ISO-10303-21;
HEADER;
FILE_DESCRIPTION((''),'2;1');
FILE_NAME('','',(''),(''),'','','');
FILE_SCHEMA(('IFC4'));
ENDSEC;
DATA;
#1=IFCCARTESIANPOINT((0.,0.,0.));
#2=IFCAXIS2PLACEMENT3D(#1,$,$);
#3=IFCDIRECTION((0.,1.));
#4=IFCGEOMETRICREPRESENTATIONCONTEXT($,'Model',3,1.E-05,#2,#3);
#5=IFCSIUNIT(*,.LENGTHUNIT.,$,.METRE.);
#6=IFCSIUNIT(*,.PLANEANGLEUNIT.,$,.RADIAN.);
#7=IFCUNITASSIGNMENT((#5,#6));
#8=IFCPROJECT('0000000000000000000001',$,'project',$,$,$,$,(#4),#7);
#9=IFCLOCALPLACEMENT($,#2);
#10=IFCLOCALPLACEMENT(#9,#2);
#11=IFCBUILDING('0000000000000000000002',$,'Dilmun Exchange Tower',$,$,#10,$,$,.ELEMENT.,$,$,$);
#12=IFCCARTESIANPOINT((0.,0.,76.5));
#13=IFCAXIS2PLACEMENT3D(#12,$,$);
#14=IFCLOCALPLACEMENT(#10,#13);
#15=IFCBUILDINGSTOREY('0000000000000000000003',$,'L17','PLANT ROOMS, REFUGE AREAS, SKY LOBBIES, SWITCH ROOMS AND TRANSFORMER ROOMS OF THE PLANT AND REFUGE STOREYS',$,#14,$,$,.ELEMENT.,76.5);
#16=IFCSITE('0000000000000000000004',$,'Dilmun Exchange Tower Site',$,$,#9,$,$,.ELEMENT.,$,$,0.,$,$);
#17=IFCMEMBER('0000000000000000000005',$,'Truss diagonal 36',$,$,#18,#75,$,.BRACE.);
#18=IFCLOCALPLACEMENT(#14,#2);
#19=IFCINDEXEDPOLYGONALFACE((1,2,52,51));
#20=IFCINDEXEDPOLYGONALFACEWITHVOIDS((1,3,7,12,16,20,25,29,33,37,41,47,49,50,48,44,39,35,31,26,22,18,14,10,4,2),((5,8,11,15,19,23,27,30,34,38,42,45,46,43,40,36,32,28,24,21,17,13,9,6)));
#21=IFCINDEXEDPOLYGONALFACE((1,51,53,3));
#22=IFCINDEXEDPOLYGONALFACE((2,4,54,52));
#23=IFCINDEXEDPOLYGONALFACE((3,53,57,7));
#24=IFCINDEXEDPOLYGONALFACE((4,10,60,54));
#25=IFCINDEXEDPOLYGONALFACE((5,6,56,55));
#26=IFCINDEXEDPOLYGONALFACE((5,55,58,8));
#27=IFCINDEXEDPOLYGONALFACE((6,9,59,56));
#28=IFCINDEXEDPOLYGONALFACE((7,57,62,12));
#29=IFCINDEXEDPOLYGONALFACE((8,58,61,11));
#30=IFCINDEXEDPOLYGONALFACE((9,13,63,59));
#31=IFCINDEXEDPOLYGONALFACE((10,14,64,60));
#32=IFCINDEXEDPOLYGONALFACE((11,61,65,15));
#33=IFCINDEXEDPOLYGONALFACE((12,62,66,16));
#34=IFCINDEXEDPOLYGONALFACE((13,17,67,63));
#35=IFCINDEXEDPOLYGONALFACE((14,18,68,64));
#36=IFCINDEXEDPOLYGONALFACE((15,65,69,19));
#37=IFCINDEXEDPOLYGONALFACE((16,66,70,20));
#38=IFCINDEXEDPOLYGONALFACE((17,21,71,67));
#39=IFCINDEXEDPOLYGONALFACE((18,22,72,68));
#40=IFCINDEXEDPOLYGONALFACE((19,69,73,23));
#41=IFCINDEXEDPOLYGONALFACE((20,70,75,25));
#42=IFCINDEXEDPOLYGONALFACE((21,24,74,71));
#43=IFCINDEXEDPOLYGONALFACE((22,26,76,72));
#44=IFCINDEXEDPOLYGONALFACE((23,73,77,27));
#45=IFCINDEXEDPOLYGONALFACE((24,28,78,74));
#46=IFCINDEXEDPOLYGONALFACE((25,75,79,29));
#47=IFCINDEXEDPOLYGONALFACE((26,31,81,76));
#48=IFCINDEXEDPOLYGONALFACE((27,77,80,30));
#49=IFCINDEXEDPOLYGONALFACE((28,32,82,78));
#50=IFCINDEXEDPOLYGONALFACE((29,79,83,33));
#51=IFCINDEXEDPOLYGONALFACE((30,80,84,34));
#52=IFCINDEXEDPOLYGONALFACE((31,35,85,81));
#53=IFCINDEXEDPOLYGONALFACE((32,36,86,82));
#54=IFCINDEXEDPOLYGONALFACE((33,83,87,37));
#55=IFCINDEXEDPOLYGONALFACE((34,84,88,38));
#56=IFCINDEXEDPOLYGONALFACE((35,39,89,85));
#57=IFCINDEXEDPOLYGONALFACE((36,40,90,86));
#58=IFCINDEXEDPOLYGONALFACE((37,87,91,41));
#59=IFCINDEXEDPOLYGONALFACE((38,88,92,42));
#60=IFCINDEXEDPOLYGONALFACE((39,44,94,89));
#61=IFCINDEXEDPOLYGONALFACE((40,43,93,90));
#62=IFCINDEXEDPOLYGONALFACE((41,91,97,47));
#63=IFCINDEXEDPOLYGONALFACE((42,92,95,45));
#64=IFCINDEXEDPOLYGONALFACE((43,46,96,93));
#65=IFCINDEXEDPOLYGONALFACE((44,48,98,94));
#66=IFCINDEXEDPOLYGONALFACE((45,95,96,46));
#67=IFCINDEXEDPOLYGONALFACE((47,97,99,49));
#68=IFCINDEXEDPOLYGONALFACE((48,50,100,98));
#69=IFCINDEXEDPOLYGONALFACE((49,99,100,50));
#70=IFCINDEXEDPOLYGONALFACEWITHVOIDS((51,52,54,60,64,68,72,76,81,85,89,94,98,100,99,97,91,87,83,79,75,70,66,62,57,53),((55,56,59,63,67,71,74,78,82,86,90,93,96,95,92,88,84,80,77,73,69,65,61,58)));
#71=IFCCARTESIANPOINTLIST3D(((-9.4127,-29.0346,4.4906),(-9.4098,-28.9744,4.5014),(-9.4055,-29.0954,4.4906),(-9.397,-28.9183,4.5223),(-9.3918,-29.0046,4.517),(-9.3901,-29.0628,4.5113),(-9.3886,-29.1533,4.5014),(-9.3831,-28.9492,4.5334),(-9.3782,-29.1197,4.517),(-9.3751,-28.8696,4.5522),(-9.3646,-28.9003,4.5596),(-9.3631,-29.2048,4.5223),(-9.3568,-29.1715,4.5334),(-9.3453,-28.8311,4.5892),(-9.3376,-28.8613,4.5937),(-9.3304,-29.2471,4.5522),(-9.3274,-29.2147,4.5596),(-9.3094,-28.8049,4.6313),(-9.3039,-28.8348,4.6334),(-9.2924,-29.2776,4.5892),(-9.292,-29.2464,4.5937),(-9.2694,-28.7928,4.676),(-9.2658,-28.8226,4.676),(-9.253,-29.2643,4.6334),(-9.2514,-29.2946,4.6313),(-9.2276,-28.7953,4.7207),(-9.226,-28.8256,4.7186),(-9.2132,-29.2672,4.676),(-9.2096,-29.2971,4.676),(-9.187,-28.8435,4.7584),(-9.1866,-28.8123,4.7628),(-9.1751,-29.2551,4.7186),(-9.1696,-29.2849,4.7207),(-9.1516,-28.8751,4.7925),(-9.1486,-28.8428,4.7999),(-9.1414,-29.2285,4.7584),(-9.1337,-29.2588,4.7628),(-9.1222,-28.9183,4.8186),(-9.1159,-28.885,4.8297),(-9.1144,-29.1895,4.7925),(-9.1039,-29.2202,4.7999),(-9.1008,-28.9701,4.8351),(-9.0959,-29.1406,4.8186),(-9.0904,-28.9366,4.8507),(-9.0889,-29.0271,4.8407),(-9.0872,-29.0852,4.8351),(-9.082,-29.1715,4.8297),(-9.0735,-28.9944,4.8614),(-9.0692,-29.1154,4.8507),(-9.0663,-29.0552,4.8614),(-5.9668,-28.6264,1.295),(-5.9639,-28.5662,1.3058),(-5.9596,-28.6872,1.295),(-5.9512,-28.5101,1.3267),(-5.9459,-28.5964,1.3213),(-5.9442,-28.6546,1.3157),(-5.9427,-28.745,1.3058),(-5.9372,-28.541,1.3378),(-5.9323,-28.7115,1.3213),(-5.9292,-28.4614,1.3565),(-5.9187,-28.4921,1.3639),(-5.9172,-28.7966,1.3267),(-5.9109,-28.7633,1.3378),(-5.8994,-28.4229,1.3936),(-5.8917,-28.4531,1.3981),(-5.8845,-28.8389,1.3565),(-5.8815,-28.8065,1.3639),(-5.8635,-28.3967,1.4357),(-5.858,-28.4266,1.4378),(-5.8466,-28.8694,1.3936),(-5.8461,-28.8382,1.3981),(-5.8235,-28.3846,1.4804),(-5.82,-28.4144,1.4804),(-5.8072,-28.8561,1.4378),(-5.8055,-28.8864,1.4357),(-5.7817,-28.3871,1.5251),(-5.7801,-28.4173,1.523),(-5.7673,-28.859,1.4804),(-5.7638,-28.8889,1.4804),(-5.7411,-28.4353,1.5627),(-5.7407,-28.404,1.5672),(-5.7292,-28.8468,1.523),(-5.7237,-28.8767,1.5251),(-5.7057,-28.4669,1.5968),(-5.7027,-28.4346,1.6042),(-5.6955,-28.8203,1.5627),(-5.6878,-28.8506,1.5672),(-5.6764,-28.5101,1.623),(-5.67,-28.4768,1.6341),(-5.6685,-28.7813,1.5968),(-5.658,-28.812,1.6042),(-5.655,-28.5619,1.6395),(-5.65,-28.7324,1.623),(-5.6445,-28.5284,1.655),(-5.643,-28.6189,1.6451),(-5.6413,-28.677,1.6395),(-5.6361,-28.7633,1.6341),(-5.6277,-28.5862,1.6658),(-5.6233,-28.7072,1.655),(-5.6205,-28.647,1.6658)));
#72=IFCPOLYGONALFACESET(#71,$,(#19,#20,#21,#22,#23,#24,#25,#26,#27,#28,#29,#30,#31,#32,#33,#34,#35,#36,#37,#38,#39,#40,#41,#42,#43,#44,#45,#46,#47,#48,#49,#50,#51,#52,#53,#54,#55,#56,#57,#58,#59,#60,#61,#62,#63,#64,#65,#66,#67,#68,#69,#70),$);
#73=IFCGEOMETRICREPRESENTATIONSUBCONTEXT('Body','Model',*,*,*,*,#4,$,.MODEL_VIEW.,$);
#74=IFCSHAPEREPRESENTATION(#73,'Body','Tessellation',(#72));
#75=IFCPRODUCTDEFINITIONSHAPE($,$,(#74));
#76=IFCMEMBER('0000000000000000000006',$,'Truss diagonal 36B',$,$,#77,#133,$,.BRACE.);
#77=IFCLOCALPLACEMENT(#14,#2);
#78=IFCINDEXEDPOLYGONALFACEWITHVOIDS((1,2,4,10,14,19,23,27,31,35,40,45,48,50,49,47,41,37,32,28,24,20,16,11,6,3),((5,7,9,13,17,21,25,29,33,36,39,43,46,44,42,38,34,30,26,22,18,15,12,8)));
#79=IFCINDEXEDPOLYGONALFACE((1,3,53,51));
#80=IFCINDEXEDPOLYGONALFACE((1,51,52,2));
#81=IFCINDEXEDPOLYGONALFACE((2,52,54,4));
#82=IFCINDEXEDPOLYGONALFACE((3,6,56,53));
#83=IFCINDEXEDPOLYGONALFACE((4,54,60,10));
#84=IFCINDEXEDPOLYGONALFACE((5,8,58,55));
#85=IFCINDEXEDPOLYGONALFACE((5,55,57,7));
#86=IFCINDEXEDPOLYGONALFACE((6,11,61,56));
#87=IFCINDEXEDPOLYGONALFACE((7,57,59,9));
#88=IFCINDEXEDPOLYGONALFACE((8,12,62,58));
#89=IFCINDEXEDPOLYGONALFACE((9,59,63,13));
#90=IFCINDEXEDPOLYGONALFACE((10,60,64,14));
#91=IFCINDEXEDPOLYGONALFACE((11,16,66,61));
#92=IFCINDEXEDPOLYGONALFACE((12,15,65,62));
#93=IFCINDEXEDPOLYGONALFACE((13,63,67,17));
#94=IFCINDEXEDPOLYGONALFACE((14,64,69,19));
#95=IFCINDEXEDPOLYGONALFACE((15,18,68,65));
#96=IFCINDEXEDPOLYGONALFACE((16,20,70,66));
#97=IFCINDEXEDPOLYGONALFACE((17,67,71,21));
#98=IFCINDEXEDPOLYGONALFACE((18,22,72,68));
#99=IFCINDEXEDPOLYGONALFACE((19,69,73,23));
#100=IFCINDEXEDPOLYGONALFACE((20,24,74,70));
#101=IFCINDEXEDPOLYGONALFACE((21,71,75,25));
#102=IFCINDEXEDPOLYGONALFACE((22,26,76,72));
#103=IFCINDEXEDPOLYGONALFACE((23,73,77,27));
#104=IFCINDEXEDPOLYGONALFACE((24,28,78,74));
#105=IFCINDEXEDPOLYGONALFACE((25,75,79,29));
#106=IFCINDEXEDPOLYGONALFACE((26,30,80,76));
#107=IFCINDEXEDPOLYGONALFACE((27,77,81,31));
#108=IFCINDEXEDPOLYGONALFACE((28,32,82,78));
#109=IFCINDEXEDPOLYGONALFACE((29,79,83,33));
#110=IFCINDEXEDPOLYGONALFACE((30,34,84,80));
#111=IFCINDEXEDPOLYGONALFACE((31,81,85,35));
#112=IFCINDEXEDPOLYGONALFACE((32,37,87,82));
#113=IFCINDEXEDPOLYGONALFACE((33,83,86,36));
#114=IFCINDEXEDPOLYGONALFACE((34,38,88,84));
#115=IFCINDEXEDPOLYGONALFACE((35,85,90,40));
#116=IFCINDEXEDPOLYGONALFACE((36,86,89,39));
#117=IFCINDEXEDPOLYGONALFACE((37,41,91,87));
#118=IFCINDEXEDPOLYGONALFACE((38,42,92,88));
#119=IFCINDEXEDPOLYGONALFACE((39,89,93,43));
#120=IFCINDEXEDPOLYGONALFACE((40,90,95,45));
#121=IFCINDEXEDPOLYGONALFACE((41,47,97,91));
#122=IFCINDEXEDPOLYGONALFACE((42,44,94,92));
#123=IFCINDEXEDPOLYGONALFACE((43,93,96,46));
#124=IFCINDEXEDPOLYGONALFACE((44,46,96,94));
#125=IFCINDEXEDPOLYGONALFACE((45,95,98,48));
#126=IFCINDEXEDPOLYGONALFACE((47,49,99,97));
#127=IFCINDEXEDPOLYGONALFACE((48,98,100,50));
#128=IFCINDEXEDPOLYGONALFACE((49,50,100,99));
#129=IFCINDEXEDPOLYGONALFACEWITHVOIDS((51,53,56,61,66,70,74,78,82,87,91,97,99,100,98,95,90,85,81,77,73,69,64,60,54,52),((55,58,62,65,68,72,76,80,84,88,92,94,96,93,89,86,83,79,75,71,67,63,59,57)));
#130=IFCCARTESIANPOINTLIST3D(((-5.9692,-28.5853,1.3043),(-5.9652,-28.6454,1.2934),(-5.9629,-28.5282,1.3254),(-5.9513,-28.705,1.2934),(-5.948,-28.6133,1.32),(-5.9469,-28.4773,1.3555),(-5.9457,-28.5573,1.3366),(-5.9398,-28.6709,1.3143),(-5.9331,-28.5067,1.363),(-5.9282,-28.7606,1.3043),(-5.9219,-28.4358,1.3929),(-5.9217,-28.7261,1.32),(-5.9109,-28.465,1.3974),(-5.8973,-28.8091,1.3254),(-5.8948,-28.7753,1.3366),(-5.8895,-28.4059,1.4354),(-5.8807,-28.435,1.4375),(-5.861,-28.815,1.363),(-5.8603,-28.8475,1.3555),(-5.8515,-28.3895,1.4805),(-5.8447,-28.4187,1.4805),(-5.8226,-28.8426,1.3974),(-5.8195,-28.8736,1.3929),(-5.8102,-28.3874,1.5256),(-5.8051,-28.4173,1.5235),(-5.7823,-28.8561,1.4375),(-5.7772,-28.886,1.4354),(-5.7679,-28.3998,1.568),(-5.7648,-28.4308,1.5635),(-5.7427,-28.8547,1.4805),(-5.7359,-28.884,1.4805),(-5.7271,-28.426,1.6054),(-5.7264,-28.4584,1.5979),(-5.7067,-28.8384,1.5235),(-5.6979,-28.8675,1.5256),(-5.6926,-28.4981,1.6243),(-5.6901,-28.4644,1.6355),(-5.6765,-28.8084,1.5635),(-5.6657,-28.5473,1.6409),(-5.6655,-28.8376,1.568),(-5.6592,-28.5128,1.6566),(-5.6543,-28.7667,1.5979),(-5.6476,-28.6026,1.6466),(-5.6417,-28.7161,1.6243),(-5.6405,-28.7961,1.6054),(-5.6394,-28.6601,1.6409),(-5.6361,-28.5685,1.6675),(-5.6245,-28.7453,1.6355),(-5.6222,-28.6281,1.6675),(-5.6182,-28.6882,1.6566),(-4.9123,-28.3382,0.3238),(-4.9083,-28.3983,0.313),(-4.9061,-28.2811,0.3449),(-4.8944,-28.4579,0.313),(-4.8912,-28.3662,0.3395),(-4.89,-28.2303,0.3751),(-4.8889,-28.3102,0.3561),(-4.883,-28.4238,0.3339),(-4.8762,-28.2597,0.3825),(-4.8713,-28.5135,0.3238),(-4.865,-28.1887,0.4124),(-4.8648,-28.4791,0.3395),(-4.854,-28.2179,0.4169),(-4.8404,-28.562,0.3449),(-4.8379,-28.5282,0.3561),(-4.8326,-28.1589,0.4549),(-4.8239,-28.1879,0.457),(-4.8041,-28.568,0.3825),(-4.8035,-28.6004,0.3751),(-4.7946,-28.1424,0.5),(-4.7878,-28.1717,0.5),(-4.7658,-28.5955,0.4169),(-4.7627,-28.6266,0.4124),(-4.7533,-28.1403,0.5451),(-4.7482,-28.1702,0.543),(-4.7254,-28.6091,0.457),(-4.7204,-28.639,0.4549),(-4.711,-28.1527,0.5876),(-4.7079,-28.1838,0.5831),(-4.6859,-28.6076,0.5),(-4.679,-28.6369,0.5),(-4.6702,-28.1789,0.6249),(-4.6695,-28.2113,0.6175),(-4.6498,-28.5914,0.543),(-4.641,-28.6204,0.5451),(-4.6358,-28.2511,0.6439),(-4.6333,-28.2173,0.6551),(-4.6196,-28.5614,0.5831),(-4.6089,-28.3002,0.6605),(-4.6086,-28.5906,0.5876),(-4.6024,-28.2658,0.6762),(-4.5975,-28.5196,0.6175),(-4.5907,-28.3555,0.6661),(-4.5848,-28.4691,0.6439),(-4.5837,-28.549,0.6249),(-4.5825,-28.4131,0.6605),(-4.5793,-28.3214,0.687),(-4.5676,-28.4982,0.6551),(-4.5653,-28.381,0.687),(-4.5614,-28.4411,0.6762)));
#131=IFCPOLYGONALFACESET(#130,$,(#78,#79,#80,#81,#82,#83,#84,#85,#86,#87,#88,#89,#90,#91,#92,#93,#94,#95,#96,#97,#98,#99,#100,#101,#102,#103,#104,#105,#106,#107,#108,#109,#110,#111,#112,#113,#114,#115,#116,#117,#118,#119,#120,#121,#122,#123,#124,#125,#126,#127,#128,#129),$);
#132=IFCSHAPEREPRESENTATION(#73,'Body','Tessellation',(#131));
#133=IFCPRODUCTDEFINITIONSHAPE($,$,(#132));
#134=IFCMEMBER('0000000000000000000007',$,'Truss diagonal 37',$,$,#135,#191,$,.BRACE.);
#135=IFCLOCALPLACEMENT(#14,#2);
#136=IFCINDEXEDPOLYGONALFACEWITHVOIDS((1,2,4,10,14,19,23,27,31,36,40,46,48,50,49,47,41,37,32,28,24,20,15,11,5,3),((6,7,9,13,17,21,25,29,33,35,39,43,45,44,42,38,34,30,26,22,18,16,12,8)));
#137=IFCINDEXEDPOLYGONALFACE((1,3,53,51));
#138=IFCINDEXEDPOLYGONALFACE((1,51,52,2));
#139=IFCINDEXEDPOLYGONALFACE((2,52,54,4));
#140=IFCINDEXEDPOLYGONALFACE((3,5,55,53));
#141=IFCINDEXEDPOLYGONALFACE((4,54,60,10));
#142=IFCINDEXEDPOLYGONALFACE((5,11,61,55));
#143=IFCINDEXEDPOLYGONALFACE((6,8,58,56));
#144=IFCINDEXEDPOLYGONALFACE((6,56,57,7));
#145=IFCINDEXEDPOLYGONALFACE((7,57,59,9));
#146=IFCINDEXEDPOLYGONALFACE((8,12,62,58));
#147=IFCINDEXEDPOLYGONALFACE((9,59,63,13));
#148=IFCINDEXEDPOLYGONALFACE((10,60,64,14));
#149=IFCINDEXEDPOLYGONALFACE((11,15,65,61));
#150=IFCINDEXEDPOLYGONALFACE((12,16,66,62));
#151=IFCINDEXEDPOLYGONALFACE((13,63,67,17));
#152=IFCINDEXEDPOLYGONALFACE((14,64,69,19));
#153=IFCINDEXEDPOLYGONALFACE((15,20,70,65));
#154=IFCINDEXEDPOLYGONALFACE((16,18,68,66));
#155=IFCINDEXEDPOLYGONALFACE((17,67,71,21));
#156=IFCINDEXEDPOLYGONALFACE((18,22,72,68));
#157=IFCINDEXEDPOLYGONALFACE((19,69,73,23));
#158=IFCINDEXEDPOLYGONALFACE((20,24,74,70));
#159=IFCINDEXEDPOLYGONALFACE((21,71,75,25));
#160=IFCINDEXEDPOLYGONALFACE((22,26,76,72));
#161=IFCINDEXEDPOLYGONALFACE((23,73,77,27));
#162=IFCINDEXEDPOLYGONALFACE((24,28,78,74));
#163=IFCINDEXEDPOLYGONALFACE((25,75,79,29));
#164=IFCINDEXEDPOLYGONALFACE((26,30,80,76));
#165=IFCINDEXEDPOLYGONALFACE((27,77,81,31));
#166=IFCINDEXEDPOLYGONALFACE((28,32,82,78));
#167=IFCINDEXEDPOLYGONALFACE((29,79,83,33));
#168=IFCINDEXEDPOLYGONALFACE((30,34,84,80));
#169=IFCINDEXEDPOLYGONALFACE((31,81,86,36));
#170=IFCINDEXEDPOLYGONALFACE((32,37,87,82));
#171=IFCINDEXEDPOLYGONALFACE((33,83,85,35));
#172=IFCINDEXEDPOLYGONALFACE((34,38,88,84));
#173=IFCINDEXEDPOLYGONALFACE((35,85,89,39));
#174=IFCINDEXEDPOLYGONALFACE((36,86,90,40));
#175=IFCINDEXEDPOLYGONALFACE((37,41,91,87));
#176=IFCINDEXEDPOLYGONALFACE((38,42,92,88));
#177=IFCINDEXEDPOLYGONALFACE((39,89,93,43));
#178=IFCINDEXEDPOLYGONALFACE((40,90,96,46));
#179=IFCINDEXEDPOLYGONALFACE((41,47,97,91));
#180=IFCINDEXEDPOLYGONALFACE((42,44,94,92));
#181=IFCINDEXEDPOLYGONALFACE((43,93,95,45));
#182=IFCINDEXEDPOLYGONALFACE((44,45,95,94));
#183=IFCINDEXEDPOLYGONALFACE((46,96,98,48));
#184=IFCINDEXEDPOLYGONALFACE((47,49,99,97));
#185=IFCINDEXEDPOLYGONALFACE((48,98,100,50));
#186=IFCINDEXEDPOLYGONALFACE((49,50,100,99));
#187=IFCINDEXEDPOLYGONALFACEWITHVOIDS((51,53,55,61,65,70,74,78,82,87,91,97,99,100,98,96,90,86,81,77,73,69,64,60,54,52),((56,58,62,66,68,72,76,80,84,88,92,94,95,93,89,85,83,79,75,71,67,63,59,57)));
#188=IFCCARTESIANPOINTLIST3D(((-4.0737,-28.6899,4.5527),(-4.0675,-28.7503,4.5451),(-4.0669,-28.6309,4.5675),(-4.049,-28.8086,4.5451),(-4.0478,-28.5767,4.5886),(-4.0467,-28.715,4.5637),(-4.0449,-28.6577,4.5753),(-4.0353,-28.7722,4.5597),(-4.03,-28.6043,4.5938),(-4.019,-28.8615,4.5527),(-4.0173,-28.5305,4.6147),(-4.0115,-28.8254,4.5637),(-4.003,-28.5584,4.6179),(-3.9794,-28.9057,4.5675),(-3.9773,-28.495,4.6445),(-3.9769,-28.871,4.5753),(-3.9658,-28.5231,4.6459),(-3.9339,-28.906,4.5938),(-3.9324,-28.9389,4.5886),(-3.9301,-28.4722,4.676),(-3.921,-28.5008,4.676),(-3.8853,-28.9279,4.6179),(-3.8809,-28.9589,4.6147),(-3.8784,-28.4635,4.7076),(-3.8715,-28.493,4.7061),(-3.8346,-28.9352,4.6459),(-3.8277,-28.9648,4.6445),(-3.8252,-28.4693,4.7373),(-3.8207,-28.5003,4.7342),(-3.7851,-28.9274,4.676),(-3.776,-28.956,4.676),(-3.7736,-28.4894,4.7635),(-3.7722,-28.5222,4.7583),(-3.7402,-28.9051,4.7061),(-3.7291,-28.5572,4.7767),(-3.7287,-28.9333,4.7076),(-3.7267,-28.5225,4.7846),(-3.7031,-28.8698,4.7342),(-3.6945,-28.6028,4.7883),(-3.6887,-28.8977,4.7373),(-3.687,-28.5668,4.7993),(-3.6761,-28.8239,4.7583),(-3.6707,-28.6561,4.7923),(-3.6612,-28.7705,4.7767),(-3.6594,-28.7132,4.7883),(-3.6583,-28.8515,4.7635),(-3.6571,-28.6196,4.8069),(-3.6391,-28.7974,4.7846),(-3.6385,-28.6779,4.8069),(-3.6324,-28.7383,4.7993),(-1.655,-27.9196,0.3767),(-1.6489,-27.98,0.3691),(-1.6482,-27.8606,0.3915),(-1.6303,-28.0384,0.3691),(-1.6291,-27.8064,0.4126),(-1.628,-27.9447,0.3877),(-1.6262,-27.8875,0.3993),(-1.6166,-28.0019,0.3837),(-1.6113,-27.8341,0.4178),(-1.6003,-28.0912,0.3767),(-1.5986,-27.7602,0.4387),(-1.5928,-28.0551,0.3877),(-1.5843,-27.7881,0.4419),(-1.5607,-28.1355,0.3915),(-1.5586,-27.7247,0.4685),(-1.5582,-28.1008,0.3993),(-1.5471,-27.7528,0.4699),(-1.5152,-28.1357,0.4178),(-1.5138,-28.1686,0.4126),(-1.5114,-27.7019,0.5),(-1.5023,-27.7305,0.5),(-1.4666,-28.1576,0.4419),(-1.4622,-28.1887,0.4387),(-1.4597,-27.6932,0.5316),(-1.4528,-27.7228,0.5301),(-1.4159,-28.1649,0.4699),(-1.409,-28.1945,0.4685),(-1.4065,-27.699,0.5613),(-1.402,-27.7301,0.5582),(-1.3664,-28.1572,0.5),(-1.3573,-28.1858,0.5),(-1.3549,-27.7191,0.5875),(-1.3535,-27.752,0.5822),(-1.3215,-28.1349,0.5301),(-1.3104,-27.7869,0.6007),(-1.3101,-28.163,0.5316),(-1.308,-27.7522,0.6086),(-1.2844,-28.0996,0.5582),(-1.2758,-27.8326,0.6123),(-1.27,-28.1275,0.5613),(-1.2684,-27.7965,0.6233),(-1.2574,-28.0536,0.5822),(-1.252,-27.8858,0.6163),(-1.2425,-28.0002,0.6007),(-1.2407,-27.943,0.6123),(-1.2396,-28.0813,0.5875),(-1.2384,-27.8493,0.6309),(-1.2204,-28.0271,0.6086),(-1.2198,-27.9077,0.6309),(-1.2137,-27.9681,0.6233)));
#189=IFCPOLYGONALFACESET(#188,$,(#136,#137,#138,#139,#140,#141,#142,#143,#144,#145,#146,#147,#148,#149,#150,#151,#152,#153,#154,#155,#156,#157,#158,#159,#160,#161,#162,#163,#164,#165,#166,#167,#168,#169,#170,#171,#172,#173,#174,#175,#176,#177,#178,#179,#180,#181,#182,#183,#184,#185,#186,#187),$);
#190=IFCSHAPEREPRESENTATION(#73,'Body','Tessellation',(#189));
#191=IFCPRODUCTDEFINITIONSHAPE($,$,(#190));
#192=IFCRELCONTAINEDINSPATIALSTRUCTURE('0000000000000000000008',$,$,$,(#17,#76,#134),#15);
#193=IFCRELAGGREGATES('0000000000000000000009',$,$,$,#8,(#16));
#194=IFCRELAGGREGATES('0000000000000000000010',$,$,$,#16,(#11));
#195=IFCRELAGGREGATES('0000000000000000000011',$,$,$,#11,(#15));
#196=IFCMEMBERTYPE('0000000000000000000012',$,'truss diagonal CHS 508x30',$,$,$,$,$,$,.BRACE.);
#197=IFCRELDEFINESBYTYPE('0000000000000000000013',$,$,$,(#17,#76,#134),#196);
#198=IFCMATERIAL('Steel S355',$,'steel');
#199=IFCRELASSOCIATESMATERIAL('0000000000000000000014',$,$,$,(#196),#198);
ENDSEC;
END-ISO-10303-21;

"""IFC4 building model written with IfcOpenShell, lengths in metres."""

from ifc_helpers import new_model, si_unit, direction, frame, origin, origin_2d, place, context, subcontext, project, spatial, hollow_circle, extrude, material, material_profile, profile_set, type_object, element, save


model = new_model("IFC4")

# Units and contexts
model_context = context("Model", 3, precision=1e-05, world=origin(), true_north=direction((0.0, 1.0)))
body_context = subcontext(model_context, "Body", "Model", "MODEL_VIEW")
ifc_project = project(units=[si_unit("LENGTHUNIT", "METRE"), si_unit("PLANEANGLEUNIT", "RADIAN")], contexts=[model_context])

# Site, building, storey
site_placement = place(None, origin())
site = spatial("IfcSite", under=ifc_project, at=site_placement, Name="Dilmun Exchange Tower Site", CompositionType="ELEMENT", RefElevation=0.0)
building_placement = place(site_placement, origin())
building = spatial("IfcBuilding", under=site, at=building_placement, Name="Dilmun Exchange Tower", CompositionType="ELEMENT")
storey_placement = place(building_placement, frame((0.0, 0.0, 76.5)))
storey = spatial("IfcBuildingStorey", under=building, at=storey_placement, Name="L17", Description="PLANT ROOMS, REFUGE AREAS, SKY LOBBIES, SWITCH ROOMS AND TRANSFORMER ROOMS OF THE PLANT AND REFUGE STOREYS", CompositionType="ELEMENT", Elevation=76.5)

# Shared definitions
ifc_material_1 = material(Name="Steel S355", Category="steel")

# Members
ifc_material_profile_1 = material_profile(ifc_material_1, hollow_circle(Radius=0.2539, WallThickness=0.03, at=origin_2d()), Name="CHS 508x30")
ifc_profile_set_1 = profile_set([ifc_material_profile_1], Name="Steel S355")
member_type_1 = type_object("IfcMemberType", Name="truss diagonal CHS 508x30", PredefinedType="BRACE", material=ifc_profile_set_1)
member_1_placement = place(storey_placement, frame((-9.2395, -29.0449, 4.676), z_axis=(0.730479, 0.086535, -0.67743), x_axis=(-0.117641, 0.993056, 0.0)))
element("IfcMember", 1, at=member_1_placement, inside=storey, type_object=member_type_1, Name="Truss diagonal 36", PredefinedType="BRACE", context=body_context, shape_type="SweptSolid", body=[
    extrude(hollow_circle(Radius=0.2539, WallThickness=0.03, at=origin_2d()), origin(), (0.0, 0.0, 1.0), 4.7173),
])
member_2_placement = place(storey_placement, frame((-5.7937, -28.6367, 1.4805), z_axis=(0.722578, 0.168919, -0.670334), x_axis=(-0.227635, 0.973747, 0.0)))
element("IfcMember", 2, at=member_2_placement, inside=storey, type_object=member_type_1, Name="Truss diagonal 36B", PredefinedType="BRACE", context=body_context, shape_type="SweptSolid", body=[
    extrude(hollow_circle(Radius=0.2539, WallThickness=0.03, at=origin_2d()), origin(), (0.0, 0.0, 1.0), 1.4626),
])
for number, where, z_axis, x_axis, name in (
    (3, (-3.853, -28.7141, 4.676), (0.494927, 0.157615, -0.85452), (-0.303446, 0.952849, 0.0), "Truss diagonal 37"),
):
    element("IfcMember", number, at=place(storey_placement, frame(where, z_axis=z_axis, x_axis=x_axis)), inside=storey, type_object=member_type_1, Name=name, PredefinedType="BRACE", context=body_context, shape_type="SweptSolid", body=[
        extrude(hollow_circle(Radius=0.2539, WallThickness=0.03, at=origin_2d()), origin(), (0.0, 0.0, 1.0), 4.887),
    ])

save(model, "model.ifc")
